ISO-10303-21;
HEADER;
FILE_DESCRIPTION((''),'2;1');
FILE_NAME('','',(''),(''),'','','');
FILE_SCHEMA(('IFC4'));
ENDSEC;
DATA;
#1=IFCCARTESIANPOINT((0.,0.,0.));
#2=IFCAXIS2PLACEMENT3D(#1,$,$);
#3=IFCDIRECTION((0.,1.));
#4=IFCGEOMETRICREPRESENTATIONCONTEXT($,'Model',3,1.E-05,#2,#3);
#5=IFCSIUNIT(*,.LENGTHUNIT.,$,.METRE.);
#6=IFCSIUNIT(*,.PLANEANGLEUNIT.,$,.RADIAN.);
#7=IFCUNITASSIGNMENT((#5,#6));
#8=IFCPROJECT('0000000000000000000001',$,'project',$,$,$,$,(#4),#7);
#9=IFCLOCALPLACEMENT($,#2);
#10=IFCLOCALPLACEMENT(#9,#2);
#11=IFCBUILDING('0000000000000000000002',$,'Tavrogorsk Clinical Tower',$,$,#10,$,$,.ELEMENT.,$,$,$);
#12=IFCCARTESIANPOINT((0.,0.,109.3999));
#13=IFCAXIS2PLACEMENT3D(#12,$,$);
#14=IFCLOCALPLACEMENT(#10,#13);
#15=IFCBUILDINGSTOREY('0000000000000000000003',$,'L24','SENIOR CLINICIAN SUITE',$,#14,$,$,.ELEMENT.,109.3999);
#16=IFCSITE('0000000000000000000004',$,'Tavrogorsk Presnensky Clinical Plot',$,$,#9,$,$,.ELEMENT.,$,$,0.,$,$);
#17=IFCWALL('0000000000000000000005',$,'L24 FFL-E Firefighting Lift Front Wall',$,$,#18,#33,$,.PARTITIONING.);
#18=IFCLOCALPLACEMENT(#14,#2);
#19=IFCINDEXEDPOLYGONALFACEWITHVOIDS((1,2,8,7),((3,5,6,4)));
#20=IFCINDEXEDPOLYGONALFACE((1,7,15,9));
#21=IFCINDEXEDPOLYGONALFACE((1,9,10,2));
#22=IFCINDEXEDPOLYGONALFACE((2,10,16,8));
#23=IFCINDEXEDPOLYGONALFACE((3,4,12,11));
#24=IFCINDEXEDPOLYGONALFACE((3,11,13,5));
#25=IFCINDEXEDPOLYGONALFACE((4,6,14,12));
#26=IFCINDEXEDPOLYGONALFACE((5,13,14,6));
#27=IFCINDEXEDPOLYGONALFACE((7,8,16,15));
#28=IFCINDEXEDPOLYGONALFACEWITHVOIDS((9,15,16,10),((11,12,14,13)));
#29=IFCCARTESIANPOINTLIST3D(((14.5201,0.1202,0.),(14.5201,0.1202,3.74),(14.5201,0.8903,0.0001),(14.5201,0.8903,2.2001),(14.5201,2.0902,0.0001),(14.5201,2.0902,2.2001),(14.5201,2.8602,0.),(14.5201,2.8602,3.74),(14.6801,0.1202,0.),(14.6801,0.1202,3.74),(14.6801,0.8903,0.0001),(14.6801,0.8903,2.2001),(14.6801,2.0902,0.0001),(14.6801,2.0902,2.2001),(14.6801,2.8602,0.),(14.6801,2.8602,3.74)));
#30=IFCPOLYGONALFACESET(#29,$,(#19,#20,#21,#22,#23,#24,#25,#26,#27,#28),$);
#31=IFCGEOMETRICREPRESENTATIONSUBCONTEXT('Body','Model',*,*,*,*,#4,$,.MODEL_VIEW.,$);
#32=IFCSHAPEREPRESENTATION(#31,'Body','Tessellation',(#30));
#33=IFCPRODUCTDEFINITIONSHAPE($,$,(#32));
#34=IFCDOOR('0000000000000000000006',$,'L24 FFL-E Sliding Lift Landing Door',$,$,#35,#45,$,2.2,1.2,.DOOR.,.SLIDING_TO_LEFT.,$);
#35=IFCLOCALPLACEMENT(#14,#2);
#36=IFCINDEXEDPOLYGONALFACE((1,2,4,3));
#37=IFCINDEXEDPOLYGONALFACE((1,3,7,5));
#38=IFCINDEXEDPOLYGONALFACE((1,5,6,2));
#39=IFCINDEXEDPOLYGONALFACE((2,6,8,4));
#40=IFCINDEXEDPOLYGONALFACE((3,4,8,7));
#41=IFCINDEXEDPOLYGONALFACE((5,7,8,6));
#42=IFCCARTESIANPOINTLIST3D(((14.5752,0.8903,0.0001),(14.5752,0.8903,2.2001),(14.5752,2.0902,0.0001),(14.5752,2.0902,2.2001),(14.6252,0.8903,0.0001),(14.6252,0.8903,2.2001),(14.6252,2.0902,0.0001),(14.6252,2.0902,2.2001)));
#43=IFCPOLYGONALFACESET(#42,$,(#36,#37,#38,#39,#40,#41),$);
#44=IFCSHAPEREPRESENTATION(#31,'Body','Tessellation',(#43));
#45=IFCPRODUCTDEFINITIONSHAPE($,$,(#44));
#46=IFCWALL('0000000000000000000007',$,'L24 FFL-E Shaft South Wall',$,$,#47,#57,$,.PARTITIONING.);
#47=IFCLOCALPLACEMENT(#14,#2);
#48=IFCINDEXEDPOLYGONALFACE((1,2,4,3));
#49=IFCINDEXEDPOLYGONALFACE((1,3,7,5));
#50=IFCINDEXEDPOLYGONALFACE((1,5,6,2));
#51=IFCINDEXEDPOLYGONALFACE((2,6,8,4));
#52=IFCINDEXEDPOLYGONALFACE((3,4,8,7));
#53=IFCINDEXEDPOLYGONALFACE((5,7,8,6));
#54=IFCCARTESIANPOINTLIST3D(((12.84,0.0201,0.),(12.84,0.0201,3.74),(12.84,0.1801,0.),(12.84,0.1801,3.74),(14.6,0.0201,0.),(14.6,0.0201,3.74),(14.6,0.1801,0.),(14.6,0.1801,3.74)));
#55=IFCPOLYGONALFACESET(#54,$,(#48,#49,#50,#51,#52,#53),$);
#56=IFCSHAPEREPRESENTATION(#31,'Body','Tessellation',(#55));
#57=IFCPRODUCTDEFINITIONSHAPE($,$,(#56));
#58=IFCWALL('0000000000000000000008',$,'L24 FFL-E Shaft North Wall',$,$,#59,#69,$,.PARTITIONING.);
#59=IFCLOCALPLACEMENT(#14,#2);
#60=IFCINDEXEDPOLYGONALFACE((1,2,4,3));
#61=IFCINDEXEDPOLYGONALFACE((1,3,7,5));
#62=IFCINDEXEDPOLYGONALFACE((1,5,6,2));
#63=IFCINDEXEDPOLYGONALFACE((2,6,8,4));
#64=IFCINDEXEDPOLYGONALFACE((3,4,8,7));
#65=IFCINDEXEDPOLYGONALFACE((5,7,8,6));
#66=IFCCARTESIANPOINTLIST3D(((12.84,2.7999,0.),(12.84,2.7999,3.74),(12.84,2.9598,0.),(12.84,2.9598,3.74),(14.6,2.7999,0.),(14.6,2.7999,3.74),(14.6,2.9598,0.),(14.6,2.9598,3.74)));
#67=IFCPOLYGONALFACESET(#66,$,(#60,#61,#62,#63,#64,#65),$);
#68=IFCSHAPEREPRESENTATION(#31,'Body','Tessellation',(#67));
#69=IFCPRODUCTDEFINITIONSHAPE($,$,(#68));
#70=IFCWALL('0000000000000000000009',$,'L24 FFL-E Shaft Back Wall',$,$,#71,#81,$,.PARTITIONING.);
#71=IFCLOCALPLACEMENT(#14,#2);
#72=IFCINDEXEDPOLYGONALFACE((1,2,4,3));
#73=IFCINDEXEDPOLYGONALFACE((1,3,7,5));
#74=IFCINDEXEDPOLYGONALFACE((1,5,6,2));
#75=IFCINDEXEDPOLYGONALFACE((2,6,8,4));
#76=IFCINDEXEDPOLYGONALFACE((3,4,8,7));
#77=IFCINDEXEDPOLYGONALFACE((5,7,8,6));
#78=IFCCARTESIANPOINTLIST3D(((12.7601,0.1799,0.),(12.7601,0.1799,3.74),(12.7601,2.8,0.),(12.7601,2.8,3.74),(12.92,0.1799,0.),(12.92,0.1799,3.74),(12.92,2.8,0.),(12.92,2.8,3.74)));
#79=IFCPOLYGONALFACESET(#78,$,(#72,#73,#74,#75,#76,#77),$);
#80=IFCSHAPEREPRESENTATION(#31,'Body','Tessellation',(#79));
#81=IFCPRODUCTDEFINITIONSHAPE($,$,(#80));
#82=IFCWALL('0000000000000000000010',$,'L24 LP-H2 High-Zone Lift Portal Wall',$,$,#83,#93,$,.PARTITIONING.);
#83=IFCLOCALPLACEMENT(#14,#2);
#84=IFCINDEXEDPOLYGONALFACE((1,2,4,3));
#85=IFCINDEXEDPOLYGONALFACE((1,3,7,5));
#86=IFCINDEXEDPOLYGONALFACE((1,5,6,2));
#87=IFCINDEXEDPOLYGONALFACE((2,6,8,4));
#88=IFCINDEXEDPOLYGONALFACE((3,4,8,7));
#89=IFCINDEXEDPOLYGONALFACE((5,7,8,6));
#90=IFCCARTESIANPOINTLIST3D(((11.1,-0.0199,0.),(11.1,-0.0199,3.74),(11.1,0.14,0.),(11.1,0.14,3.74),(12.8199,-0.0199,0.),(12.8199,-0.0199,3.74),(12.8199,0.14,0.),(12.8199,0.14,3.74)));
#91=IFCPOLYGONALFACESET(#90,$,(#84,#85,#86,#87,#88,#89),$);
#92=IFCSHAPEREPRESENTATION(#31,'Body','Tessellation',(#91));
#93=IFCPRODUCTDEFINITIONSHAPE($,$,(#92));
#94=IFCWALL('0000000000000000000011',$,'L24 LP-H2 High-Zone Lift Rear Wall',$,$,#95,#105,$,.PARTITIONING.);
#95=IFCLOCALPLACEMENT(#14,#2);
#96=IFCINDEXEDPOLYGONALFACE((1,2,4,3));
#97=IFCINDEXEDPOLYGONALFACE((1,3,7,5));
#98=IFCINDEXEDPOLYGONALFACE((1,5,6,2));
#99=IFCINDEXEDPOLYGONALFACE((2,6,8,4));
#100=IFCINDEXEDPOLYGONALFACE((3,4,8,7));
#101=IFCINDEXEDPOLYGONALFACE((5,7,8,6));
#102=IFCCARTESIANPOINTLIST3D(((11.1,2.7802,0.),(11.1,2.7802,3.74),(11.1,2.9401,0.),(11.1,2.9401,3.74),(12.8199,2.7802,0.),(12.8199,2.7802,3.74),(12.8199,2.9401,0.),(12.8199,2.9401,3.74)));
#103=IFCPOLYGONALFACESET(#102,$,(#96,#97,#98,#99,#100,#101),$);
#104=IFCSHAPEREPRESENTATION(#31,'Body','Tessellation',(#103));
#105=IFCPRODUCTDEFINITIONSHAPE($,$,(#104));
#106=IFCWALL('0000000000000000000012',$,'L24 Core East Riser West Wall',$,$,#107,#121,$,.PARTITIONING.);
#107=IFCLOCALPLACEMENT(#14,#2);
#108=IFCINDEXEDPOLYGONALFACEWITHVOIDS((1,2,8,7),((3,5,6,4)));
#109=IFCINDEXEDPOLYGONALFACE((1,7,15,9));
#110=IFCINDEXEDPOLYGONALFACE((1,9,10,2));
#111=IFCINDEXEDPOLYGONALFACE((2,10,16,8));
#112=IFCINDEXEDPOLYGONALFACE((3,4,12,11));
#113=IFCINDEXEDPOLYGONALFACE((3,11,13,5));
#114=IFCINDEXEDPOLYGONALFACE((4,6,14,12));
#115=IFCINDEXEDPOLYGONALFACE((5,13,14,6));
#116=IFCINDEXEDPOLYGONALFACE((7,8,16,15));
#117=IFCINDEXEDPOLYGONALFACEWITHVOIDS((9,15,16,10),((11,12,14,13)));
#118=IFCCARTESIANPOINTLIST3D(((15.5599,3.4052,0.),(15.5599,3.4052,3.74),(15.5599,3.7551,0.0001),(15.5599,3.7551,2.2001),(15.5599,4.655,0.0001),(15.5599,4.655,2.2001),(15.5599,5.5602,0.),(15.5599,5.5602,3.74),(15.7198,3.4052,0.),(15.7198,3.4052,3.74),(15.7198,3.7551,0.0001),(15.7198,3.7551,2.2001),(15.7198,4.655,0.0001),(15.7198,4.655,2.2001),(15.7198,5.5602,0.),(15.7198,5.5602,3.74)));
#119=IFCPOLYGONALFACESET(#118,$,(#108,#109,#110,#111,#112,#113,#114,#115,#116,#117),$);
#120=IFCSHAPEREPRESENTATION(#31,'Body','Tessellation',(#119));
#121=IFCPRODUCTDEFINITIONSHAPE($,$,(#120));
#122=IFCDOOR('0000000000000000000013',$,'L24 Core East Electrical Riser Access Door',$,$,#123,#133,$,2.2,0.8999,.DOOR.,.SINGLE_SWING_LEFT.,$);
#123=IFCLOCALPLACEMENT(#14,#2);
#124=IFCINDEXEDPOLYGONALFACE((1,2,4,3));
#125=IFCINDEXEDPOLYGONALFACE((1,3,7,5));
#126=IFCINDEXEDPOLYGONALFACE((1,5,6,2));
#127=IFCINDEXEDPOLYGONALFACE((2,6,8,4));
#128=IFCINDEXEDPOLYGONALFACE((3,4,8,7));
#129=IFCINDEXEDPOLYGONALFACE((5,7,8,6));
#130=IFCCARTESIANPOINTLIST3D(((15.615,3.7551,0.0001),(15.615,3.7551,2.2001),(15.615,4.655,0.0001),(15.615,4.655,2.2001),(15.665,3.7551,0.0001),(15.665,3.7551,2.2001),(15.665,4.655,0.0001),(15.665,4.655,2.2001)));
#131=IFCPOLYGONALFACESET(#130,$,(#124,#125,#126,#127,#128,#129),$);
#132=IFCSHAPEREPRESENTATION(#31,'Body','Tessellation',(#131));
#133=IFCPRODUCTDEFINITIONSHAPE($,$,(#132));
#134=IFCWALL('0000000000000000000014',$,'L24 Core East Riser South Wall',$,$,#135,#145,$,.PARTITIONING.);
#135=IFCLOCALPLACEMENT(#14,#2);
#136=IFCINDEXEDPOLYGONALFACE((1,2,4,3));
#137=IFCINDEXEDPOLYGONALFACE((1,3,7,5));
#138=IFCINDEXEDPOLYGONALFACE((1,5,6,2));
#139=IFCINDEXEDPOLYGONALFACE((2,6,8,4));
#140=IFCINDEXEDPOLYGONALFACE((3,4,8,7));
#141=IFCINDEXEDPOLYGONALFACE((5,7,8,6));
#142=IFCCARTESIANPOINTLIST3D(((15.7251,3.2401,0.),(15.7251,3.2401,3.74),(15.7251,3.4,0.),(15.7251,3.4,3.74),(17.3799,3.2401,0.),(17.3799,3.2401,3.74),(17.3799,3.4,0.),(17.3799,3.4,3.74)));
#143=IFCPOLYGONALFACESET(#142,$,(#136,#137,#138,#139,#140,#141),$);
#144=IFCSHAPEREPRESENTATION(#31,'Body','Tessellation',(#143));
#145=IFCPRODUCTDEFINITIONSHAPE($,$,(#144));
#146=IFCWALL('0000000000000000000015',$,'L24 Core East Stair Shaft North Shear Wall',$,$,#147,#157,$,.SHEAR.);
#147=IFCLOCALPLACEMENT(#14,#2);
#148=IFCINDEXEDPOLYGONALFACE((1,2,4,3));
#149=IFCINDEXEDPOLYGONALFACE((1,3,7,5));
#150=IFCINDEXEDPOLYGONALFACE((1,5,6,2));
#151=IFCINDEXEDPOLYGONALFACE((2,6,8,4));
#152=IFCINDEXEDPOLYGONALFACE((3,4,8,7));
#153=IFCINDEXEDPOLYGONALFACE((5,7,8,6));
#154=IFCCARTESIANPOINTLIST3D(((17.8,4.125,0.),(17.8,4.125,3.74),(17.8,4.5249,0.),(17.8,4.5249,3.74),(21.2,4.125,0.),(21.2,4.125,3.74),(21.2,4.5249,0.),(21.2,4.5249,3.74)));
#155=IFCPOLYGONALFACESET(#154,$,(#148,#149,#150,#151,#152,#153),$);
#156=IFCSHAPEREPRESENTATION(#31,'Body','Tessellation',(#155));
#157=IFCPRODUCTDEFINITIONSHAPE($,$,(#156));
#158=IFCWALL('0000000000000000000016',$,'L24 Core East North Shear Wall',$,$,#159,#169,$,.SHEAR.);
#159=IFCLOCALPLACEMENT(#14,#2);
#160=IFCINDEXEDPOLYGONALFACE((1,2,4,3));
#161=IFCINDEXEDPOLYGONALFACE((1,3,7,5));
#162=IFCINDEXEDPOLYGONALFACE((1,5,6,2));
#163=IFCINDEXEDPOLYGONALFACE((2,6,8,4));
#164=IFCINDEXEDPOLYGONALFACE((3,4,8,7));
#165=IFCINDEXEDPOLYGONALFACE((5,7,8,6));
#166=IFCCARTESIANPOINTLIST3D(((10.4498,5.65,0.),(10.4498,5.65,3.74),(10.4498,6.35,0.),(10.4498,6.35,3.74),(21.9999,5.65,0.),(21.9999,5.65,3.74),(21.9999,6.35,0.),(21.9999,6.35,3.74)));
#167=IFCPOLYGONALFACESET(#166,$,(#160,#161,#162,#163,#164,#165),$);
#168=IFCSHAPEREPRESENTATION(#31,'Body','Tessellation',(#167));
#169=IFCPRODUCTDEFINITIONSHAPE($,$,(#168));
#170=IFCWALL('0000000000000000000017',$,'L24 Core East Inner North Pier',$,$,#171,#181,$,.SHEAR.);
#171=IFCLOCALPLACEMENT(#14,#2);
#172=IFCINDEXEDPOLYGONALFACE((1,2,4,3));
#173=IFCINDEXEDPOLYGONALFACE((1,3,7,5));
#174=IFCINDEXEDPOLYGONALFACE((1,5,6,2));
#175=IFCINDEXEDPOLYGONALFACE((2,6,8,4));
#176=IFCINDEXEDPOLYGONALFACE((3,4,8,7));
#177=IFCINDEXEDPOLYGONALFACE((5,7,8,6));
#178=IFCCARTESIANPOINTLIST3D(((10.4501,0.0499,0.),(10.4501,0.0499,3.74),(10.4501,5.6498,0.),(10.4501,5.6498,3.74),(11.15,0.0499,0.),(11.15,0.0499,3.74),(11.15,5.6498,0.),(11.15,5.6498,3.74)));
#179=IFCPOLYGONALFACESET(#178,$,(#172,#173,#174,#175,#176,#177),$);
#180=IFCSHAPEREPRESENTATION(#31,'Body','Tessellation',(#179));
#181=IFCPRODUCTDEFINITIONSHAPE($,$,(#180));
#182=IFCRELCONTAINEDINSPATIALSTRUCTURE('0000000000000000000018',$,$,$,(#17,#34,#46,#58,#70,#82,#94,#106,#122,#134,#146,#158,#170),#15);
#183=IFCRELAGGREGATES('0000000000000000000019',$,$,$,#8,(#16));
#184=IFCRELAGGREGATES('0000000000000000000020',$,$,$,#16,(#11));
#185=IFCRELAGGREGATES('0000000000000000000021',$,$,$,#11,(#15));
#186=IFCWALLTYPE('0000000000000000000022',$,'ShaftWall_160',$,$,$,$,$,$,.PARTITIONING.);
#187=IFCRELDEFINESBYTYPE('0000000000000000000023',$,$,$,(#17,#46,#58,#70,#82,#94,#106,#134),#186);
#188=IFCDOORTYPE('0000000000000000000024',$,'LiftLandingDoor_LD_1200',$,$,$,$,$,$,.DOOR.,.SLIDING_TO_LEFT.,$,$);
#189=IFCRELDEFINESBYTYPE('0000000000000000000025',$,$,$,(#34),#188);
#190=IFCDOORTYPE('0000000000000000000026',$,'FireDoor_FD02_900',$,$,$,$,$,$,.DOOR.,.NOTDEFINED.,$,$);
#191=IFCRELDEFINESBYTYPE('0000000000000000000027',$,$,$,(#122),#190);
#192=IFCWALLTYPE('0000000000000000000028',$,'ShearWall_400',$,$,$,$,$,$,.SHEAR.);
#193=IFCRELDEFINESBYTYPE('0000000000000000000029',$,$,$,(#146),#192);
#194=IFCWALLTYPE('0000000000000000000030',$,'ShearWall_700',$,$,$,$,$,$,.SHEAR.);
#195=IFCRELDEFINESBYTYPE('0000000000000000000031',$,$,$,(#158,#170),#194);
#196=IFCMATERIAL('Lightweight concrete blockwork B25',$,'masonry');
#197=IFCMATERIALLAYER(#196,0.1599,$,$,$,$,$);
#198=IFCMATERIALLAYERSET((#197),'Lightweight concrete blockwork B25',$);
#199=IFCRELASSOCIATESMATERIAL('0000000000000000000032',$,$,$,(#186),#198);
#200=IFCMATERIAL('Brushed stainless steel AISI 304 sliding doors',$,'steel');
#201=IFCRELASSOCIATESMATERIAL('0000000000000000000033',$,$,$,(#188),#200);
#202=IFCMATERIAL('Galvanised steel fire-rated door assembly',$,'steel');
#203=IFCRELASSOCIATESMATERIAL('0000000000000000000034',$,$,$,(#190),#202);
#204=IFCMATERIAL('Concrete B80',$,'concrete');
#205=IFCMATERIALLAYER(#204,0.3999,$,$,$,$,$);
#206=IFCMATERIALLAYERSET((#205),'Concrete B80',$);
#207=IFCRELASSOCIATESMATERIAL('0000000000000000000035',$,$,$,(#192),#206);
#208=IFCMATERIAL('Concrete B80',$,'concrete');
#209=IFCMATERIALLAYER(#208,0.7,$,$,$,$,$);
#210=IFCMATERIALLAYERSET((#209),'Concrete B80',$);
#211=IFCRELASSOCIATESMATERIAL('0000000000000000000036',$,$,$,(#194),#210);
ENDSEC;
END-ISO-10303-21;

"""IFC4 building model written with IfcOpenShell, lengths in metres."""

from ifc_helpers import new_model, si_unit, direction, frame, frame_2d, origin, place, context, subcontext, project, spatial, rectangle, extrude, material, layer, layer_set, type_object, element, fill, save


model = new_model("IFC4")

# Units and contexts
model_context = context("Model", 3, precision=1e-05, world=origin(), true_north=direction((0.0, 1.0)))
body_context = subcontext(model_context, "Body", "Model", "MODEL_VIEW")
ifc_project = project(units=[si_unit("LENGTHUNIT", "METRE"), si_unit("PLANEANGLEUNIT", "RADIAN")], contexts=[model_context])

# Site, building, storey
site_placement = place(None, origin())
site = spatial("IfcSite", under=ifc_project, at=site_placement, Name="Tavrogorsk Presnensky Clinical Plot", CompositionType="ELEMENT", RefElevation=0.0)
building_placement = place(site_placement, origin())
building = spatial("IfcBuilding", under=site, at=building_placement, Name="Tavrogorsk Clinical Tower", CompositionType="ELEMENT")
storey_placement = place(building_placement, frame((0.0, 0.0, 109.3999)))
storey = spatial("IfcBuildingStorey", under=building, at=storey_placement, Name="L24", Description="SENIOR CLINICIAN SUITE", CompositionType="ELEMENT", Elevation=109.3999)

# Wall, opening, door
ifc_material_1 = material(Name="Lightweight concrete blockwork B25", Category="masonry")
ifc_layer_1 = layer(ifc_material_1, 0.1599)
ifc_layer_set_1 = layer_set([ifc_layer_1], Name="Lightweight concrete blockwork B25")
wall_type_1 = type_object("IfcWallType", Name="ShaftWall_160", PredefinedType="PARTITIONING", material=ifc_layer_set_1)
wall_1_placement = place(storey_placement, frame((14.6001, 0.1201, 0.0), z_axis=(0.0, 0.0, 1.0), x_axis=(0.0, 1.0, 0.0)))
wall_1 = element("IfcWall", 1, at=wall_1_placement, inside=storey, type_object=wall_type_1, Name="L24 FFL-E Firefighting Lift Front Wall", PredefinedType="PARTITIONING", context=body_context, shape_type="SweptSolid", body=[
    extrude(rectangle(XDim=2.74, YDim=0.1599, at=frame_2d((1.3701, 0.0))), origin(), (0.0, 0.0, 1.0), 3.74),
])
opening_1_placement = place(wall_1_placement, frame((0.77, 0.0, 0.0)))
opening_1 = element("IfcOpeningElement", 2, at=opening_1_placement, cuts=wall_1, PredefinedType="OPENING", context=body_context, shape_type="SweptSolid", body=[
    extrude(rectangle(XDim=1.2, YDim=2.2, at=frame_2d((0.6001, 1.1001))), frame((0.0, 0.0898, 0.0), z_axis=(0.0, -1.0, 0.0), x_axis=(1.0, 0.0, 0.0)), (0.0, 0.0, 1.0), 0.1799),
])
ifc_material_2 = material(Name="Brushed stainless steel AISI 304 sliding doors", Category="steel")
door_type_1 = type_object("IfcDoorType", Name="LiftLandingDoor_LD_1200", OperationType="SLIDING_TO_LEFT", PredefinedType="DOOR", material=ifc_material_2)
door_1_placement = place(opening_1_placement, origin())
door_1 = element("IfcDoor", 3, at=door_1_placement, inside=storey, type_object=door_type_1, Name="L24 FFL-E Sliding Lift Landing Door", OperationType="SLIDING_TO_LEFT", OverallHeight=2.2, OverallWidth=1.2, PredefinedType="DOOR", context=body_context, shape_type="SweptSolid", body=[
    extrude(rectangle(XDim=1.2, YDim=2.2, at=frame_2d((0.6001, 1.1001))), frame((0.0, 0.0249, 0.0), z_axis=(0.0, -1.0, 0.0), x_axis=(1.0, 0.0, 0.0)), (0.0, 0.0, 1.0), 0.05),
])
fill(opening_1, door_1)

# Walls
for number, where, z_axis, x_axis, name in (
    (4, (12.8401, 0.1001, 0.0), (0.0, 0.0, 1.0), (1.0, 0.0, 0.0), "L24 FFL-E Shaft South Wall"),
    (5, (12.8401, 2.8799, 0.0), (0.0, 0.0, 1.0), (1.0, 0.0, 0.0), "L24 FFL-E Shaft North Wall"),
):
    element("IfcWall", number, at=place(storey_placement, frame(where, z_axis=z_axis, x_axis=x_axis)), inside=storey, type_object=wall_type_1, Name=name, PredefinedType="PARTITIONING", context=body_context, shape_type="SweptSolid", body=[
        extrude(rectangle(XDim=1.76, YDim=0.1599, at=frame_2d((0.8799, 0.0))), origin(), (0.0, 0.0, 1.0), 3.74),
    ])
wall_2_placement = place(storey_placement, frame((12.8401, 0.1799, 0.0), z_axis=(0.0, 0.0, 1.0), x_axis=(0.0, 1.0, 0.0)))
element("IfcWall", 6, at=wall_2_placement, inside=storey, type_object=wall_type_1, Name="L24 FFL-E Shaft Back Wall", PredefinedType="PARTITIONING", context=body_context, shape_type="SweptSolid", body=[
    extrude(rectangle(XDim=2.6201, YDim=0.1599, at=frame_2d((1.3101, 0.0))), origin(), (0.0, 0.0, 1.0), 3.74),
])
for number, where, z_axis, x_axis, name in (
    (7, (11.1001, 0.0601, 0.0), (0.0, 0.0, 1.0), (1.0, 0.0, 0.0), "L24 LP-H2 High-Zone Lift Portal Wall"),
    (8, (11.1001, 2.8601, 0.0), (0.0, 0.0, 1.0), (1.0, 0.0, 0.0), "L24 LP-H2 High-Zone Lift Rear Wall"),
):
    element("IfcWall", number, at=place(storey_placement, frame(where, z_axis=z_axis, x_axis=x_axis)), inside=storey, type_object=wall_type_1, Name=name, PredefinedType="PARTITIONING", context=body_context, shape_type="SweptSolid", body=[
        extrude(rectangle(XDim=1.72, YDim=0.1599, at=frame_2d((0.8599, 0.0))), origin(), (0.0, 0.0, 1.0), 3.74),
    ])

# Wall, opening, door
wall_3_placement = place(storey_placement, frame((15.6399, 3.405, 0.0), z_axis=(0.0, 0.0, 1.0), x_axis=(0.0, 1.0, 0.0)))
wall_3 = element("IfcWall", 9, at=wall_3_placement, inside=storey, type_object=wall_type_1, Name="L24 Core East Riser West Wall", PredefinedType="PARTITIONING", context=body_context, shape_type="SweptSolid", body=[
    extrude(rectangle(XDim=2.155, YDim=0.1599, at=frame_2d((1.0776, 0.0))), origin(), (0.0, 0.0, 1.0), 3.74),
])
opening_2_placement = place(wall_3_placement, frame((0.3501, 0.0, 0.0)))
opening_2 = element("IfcOpeningElement", 10, at=opening_2_placement, cuts=wall_3, PredefinedType="OPENING", context=body_context, shape_type="SweptSolid", body=[
    extrude(rectangle(XDim=0.8999, YDim=2.2, at=frame_2d((0.45, 1.1001))), frame((0.0, 0.0898, 0.0), z_axis=(0.0, -1.0, 0.0), x_axis=(1.0, 0.0, 0.0)), (0.0, 0.0, 1.0), 0.1799),
])
ifc_material_3 = material(Name="Galvanised steel fire-rated door assembly", Category="steel")
door_type_2 = type_object("IfcDoorType", Name="FireDoor_FD02_900", OperationType="NOTDEFINED", PredefinedType="DOOR", material=ifc_material_3)
door_2_placement = place(opening_2_placement, origin())
door_2 = element("IfcDoor", 11, at=door_2_placement, inside=storey, type_object=door_type_2, Name="L24 Core East Electrical Riser Access Door", OperationType="SINGLE_SWING_LEFT", OverallHeight=2.2, OverallWidth=0.8999, PredefinedType="DOOR", context=body_context, shape_type="SweptSolid", body=[
    extrude(rectangle(XDim=0.8999, YDim=2.2, at=frame_2d((0.45, 1.1001))), frame((0.0, 0.0249, 0.0), z_axis=(0.0, -1.0, 0.0), x_axis=(1.0, 0.0, 0.0)), (0.0, 0.0, 1.0), 0.05),
])
fill(opening_2, door_2)

# Walls
wall_4_placement = place(storey_placement, frame((15.7251, 3.3201, 0.0), z_axis=(0.0, 0.0, 1.0), x_axis=(1.0, 0.0, 0.0)))
element("IfcWall", 12, at=wall_4_placement, inside=storey, type_object=wall_type_1, Name="L24 Core East Riser South Wall", PredefinedType="PARTITIONING", context=body_context, shape_type="SweptSolid", body=[
    extrude(rectangle(XDim=1.6548, YDim=0.1599, at=frame_2d((0.8274, 0.0))), origin(), (0.0, 0.0, 1.0), 3.74),
])
ifc_material_4 = material(Name="Concrete B80", Category="concrete")
ifc_layer_2 = layer(ifc_material_4, 0.3999)
ifc_layer_set_2 = layer_set([ifc_layer_2], Name="Concrete B80")
wall_type_2 = type_object("IfcWallType", Name="ShearWall_400", PredefinedType="SHEAR", material=ifc_layer_set_2)
wall_5_placement = place(storey_placement, frame((17.8, 4.325, 0.0), z_axis=(0.0, 0.0, 1.0), x_axis=(1.0, 0.0, 0.0)))
element("IfcWall", 13, at=wall_5_placement, inside=storey, type_object=wall_type_2, Name="L24 Core East Stair Shaft North Shear Wall", PredefinedType="SHEAR", context=body_context, shape_type="SweptSolid", body=[
    extrude(rectangle(XDim=3.3999, YDim=0.3999, at=frame_2d((1.7, 0.0))), origin(), (0.0, 0.0, 1.0), 3.74),
])
ifc_material_5 = material(Name="Concrete B80", Category="concrete")
ifc_layer_3 = layer(ifc_material_5, 0.7)
ifc_layer_set_3 = layer_set([ifc_layer_3], Name="Concrete B80")
wall_type_3 = type_object("IfcWallType", Name="ShearWall_700", PredefinedType="SHEAR", material=ifc_layer_set_3)
wall_6_placement = place(storey_placement, frame((10.45, 6.0, 0.0), z_axis=(0.0, 0.0, 1.0), x_axis=(1.0, 0.0, 0.0)))
element("IfcWall", 14, at=wall_6_placement, inside=storey, type_object=wall_type_3, Name="L24 Core East North Shear Wall", PredefinedType="SHEAR", context=body_context, shape_type="SweptSolid", body=[
    extrude(rectangle(XDim=11.55, YDim=0.7, at=frame_2d((5.7749, 0.0))), origin(), (0.0, 0.0, 1.0), 3.74),
])
wall_7_placement = place(storey_placement, frame((10.8, 0.05, 0.0), z_axis=(0.0, 0.0, 1.0), x_axis=(0.0, 1.0, 0.0)))
element("IfcWall", 15, at=wall_7_placement, inside=storey, type_object=wall_type_3, Name="L24 Core East Inner North Pier", PredefinedType="SHEAR", context=body_context, shape_type="SweptSolid", body=[
    extrude(rectangle(XDim=5.5999, YDim=0.7, at=frame_2d((2.7998, 0.0))), origin(), (0.0, 0.0, 1.0), 3.74),
])

save(model, "model.ifc")
